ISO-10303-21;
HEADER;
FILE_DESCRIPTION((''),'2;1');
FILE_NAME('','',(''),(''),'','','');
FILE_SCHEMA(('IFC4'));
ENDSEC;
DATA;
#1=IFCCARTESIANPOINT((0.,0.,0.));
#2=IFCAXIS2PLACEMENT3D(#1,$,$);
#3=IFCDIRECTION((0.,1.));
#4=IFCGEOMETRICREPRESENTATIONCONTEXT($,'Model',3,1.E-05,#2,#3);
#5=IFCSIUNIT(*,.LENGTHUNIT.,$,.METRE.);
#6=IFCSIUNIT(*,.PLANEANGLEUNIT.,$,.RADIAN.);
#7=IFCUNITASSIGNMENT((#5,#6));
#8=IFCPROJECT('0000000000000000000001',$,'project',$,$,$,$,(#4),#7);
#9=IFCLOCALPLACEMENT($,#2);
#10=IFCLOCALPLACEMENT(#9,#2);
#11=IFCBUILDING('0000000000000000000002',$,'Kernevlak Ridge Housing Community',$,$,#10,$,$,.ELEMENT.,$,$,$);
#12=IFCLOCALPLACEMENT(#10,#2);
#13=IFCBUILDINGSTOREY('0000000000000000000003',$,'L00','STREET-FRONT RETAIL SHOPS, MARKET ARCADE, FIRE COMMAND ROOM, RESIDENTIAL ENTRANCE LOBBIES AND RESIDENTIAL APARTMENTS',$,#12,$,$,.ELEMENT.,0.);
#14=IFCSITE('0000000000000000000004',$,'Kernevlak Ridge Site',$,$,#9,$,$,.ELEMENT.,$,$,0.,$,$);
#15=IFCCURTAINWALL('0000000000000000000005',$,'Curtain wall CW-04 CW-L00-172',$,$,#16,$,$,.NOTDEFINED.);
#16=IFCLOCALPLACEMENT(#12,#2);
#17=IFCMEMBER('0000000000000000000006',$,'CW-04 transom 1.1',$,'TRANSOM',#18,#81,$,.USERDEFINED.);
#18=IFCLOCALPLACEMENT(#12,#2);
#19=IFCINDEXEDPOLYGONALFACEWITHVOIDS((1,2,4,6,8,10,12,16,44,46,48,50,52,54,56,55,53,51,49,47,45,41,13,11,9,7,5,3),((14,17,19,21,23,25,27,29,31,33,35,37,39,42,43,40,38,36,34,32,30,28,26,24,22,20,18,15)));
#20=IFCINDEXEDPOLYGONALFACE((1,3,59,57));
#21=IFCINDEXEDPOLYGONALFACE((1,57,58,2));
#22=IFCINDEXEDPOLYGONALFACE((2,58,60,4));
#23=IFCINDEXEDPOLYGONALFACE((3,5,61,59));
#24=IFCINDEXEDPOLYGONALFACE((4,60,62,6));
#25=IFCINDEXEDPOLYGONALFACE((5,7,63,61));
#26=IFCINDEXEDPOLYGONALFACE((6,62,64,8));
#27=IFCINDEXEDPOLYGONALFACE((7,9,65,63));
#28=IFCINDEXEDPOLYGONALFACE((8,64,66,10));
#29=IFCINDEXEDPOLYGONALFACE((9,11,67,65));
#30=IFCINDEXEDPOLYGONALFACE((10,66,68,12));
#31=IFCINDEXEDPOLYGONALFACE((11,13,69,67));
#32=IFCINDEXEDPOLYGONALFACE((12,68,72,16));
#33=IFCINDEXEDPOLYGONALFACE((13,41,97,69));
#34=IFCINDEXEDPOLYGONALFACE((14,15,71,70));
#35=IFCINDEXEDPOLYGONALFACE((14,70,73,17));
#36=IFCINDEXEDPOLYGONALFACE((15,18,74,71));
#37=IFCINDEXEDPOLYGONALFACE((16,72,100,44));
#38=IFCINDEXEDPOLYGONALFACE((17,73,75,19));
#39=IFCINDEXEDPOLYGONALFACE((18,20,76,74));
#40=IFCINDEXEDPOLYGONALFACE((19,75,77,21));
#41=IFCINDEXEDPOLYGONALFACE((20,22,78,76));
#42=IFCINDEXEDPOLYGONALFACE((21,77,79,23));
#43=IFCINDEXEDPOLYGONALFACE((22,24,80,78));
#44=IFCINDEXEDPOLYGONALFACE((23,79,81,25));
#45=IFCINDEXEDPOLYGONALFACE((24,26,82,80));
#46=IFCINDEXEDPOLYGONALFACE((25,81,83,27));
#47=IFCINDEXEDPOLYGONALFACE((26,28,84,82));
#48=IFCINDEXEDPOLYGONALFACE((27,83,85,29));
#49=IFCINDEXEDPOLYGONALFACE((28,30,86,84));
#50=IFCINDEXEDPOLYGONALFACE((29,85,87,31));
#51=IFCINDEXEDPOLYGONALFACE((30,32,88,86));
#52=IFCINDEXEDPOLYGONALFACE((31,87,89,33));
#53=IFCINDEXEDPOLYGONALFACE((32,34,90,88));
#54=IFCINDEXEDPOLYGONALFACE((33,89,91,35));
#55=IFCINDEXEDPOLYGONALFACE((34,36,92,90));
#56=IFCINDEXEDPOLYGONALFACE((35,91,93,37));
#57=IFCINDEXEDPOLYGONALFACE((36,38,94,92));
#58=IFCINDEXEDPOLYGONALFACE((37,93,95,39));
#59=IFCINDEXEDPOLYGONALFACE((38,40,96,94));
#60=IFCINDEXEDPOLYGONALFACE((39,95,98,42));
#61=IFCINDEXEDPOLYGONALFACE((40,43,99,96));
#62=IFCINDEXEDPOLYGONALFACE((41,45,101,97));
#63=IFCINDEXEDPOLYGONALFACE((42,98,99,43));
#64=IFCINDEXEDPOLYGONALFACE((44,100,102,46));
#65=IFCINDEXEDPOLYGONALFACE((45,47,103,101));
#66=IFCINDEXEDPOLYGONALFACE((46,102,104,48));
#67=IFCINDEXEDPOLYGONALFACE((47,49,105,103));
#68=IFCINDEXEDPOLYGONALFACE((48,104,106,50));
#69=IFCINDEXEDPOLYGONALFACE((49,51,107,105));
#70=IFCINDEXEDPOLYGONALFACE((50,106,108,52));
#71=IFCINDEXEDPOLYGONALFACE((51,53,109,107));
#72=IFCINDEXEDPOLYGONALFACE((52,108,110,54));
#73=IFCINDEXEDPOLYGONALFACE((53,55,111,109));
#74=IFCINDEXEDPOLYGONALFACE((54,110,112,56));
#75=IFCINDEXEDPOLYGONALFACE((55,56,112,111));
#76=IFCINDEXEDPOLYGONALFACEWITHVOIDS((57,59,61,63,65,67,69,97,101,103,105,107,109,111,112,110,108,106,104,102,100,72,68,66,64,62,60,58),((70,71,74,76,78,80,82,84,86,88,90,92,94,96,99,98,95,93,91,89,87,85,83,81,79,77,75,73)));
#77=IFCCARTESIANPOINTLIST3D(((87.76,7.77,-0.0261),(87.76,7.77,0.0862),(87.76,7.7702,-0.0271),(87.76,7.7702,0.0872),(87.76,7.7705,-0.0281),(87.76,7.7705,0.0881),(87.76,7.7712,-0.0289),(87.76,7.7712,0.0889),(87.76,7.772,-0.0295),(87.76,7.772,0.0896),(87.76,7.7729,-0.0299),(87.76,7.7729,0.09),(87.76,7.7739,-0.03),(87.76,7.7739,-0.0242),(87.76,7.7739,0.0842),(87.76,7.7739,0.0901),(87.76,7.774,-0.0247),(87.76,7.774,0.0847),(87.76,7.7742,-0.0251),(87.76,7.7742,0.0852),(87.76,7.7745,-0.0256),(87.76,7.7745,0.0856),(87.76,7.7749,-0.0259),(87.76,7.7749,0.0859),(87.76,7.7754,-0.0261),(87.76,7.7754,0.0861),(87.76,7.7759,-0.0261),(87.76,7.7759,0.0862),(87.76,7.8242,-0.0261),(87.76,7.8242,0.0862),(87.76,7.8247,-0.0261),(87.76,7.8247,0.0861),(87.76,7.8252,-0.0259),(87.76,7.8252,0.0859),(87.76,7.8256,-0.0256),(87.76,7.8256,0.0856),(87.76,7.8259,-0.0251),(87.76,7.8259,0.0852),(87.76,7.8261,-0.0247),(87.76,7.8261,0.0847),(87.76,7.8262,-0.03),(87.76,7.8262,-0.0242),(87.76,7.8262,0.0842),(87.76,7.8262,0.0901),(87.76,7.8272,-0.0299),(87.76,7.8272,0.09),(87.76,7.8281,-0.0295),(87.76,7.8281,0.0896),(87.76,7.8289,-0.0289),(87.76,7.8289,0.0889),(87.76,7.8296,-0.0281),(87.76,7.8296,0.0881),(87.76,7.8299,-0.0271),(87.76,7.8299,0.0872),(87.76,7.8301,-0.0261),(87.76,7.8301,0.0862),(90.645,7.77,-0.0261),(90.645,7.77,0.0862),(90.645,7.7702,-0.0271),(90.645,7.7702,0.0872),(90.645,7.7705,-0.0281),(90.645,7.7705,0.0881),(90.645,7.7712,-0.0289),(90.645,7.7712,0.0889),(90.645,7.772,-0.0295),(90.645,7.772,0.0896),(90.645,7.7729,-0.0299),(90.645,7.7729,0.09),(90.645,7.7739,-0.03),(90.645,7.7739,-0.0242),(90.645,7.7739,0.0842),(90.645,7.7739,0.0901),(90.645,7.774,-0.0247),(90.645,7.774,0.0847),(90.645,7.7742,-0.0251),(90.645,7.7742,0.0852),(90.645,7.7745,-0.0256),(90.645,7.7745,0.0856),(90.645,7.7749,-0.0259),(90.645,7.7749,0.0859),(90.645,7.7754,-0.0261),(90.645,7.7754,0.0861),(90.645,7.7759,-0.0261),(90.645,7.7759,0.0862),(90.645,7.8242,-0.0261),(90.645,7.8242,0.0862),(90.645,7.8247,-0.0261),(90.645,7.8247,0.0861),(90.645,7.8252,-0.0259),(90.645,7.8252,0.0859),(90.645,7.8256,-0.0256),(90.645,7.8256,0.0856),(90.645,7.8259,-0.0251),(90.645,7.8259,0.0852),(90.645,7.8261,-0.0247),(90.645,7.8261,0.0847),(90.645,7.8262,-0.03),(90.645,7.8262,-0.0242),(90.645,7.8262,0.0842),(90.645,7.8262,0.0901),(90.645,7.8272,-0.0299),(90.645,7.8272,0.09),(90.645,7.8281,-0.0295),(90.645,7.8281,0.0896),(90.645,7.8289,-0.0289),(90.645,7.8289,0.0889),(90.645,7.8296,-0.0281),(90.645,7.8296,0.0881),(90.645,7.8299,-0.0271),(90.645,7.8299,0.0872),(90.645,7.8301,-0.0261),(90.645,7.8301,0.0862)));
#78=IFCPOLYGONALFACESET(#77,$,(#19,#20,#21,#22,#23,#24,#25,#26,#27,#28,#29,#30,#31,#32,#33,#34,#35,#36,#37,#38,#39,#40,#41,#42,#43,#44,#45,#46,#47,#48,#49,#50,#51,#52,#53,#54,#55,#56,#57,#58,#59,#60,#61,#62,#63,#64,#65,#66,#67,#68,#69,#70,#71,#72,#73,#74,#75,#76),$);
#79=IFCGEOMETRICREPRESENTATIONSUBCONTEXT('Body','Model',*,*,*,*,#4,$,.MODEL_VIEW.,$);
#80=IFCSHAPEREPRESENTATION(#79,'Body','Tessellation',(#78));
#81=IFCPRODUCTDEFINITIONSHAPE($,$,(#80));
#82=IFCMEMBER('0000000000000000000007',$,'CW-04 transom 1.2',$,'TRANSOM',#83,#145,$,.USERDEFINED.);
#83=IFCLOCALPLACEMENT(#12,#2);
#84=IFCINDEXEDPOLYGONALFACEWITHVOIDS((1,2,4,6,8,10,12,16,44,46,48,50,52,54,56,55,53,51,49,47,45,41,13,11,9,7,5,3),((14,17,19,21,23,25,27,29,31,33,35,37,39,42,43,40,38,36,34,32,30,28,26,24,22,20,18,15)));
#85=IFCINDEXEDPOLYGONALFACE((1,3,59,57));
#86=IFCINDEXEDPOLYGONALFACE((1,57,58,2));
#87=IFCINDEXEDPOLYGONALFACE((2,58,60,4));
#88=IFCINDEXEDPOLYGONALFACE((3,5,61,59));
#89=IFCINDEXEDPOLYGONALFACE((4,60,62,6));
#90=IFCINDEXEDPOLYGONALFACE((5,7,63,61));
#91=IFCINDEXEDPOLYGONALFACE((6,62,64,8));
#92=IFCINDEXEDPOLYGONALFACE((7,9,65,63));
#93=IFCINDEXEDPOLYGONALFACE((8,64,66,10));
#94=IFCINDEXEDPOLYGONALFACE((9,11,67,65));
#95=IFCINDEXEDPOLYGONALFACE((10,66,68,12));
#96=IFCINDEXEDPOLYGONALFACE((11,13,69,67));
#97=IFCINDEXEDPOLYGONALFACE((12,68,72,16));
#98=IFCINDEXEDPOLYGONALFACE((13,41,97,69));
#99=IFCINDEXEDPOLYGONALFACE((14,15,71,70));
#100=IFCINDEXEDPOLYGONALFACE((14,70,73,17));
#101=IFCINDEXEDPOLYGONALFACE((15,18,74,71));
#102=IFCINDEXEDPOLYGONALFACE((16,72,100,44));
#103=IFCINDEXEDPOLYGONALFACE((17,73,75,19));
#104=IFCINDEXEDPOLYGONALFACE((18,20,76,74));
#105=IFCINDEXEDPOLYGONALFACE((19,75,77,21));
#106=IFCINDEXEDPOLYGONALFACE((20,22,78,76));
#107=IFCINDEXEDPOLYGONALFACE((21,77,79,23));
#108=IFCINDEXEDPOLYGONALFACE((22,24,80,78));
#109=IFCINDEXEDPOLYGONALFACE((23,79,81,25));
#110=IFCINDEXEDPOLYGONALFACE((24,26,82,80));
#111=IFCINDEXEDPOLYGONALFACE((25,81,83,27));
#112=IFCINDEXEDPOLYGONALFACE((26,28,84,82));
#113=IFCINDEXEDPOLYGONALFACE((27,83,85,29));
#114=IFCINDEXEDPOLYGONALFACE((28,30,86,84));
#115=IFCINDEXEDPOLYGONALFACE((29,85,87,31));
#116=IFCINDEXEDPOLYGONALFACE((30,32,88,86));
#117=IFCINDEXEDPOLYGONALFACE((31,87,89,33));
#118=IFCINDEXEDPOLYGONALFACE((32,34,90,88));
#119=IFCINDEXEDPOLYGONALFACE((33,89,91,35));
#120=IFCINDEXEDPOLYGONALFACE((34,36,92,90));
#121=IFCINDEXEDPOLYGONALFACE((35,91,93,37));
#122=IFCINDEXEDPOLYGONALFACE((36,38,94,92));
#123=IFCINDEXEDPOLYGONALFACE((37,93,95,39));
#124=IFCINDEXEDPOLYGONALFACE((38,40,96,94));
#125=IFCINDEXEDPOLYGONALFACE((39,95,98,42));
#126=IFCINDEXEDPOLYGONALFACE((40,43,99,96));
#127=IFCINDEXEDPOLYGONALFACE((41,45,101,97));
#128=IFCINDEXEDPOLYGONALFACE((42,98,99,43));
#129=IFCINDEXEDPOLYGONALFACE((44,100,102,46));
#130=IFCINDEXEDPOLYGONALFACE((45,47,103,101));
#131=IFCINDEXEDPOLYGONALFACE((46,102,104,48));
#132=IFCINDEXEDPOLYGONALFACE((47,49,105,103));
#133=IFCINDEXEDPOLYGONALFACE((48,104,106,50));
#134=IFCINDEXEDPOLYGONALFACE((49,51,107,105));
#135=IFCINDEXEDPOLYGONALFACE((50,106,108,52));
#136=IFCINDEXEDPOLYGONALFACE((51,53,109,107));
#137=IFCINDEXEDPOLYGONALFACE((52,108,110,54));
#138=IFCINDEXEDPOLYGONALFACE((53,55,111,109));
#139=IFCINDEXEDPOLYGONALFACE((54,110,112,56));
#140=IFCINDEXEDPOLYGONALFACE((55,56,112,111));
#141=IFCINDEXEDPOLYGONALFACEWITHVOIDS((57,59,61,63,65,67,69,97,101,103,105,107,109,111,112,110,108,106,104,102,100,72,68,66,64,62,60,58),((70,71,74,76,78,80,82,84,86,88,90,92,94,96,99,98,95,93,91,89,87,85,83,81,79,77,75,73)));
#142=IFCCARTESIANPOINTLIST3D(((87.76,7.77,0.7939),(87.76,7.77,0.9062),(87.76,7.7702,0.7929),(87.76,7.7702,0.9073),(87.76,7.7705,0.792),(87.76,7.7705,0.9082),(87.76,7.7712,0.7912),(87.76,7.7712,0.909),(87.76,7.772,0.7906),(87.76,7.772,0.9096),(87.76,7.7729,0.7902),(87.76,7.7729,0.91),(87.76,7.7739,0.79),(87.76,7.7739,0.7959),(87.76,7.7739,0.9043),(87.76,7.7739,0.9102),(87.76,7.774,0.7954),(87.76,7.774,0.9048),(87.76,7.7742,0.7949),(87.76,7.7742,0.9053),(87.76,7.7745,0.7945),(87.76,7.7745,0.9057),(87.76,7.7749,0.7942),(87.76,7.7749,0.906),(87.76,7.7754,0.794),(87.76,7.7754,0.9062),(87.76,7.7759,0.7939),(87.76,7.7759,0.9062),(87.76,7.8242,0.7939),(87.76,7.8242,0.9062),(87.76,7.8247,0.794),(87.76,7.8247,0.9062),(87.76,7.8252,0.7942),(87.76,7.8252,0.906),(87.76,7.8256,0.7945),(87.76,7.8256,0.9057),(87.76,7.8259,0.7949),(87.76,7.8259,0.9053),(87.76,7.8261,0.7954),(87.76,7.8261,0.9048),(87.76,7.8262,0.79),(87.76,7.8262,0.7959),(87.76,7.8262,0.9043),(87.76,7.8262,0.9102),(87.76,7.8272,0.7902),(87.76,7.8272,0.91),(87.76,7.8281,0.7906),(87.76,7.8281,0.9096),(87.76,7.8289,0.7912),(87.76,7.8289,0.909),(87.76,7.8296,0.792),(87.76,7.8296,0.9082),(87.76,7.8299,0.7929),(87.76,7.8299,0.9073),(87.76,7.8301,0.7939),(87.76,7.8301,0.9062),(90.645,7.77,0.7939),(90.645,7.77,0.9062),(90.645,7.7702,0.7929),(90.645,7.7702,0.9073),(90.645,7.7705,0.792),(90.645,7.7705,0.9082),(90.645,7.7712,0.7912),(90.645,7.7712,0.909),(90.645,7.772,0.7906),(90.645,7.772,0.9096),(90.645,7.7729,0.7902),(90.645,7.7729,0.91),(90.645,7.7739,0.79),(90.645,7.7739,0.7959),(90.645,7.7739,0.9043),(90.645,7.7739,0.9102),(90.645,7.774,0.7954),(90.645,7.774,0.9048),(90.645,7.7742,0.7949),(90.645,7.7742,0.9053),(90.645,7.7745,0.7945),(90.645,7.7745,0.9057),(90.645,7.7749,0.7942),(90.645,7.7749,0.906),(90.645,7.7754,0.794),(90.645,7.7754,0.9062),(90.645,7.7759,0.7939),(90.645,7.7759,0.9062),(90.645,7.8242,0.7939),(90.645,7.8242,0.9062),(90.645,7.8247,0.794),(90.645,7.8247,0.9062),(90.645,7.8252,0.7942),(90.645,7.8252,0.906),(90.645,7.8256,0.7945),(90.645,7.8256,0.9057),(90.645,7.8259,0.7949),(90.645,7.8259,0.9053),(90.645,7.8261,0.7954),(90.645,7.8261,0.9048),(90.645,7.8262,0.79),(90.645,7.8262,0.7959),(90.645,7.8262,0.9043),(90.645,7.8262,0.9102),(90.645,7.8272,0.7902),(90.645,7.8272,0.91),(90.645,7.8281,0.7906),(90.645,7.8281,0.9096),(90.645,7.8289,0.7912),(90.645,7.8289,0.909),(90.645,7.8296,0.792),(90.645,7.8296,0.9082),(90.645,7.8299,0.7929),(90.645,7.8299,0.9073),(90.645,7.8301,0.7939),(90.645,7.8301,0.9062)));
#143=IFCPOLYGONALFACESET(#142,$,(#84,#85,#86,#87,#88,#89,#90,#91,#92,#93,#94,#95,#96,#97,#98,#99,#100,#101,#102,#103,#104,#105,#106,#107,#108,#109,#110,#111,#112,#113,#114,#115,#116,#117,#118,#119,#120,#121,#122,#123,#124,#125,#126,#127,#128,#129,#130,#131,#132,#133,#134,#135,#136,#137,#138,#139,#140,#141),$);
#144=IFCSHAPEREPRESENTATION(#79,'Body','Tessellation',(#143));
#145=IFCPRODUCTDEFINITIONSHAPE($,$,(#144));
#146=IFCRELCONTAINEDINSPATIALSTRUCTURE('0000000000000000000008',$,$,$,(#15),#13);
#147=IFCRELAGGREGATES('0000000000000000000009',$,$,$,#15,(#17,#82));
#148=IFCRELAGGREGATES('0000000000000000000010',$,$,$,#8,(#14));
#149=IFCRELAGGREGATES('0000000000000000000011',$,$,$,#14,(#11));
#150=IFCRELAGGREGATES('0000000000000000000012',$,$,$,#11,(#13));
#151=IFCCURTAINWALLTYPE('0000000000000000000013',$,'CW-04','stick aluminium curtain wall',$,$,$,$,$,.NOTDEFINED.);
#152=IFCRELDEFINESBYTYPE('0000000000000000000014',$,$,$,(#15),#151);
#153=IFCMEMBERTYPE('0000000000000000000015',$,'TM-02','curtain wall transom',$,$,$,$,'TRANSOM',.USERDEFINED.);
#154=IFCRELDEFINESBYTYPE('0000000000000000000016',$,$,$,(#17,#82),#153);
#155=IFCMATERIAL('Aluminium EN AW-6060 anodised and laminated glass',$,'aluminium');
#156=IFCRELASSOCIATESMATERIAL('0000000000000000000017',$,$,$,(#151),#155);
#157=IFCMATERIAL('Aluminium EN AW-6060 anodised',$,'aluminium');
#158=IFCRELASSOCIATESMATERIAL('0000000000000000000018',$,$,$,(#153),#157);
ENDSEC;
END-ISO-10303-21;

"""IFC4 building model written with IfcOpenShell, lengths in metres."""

from ifc_helpers import new_model, si_unit, direction, frame, origin, origin_2d, place, context, subcontext, project, spatial, hollow_rectangle, extrude, material, material_profile, profile_set, type_object, element, aggregate, save


model = new_model("IFC4")

# Units and contexts
model_context = context("Model", 3, precision=1e-05, world=origin(), true_north=direction((0.0, 1.0)))
body_context = subcontext(model_context, "Body", "Model", "MODEL_VIEW")
ifc_project = project(units=[si_unit("LENGTHUNIT", "METRE"), si_unit("PLANEANGLEUNIT", "RADIAN")], contexts=[model_context])

# Site, building, storey
site_placement = place(None, origin())
site = spatial("IfcSite", under=ifc_project, at=site_placement, Name="Kernevlak Ridge Site", CompositionType="ELEMENT", RefElevation=0.0)
building_placement = place(site_placement, origin())
building = spatial("IfcBuilding", under=site, at=building_placement, Name="Kernevlak Ridge Housing Community", CompositionType="ELEMENT")
storey_placement = place(building_placement, origin())
storey = spatial("IfcBuildingStorey", under=building, at=storey_placement, Name="L00", Description="STREET-FRONT RETAIL SHOPS, MARKET ARCADE, FIRE COMMAND ROOM, RESIDENTIAL ENTRANCE LOBBIES AND RESIDENTIAL APARTMENTS", CompositionType="ELEMENT", Elevation=0.0)

# Curtain wall
ifc_material_1 = material(Name="Aluminium EN AW-6060 anodised and laminated glass", Category="aluminium")
curtain_wall_type = type_object("IfcCurtainWallType", Name="CW-04", Description="stick aluminium curtain wall", PredefinedType="NOTDEFINED", material=ifc_material_1)
curtain_wall_placement = place(storey_placement, origin())
curtain_wall = element("IfcCurtainWall", 1, at=curtain_wall_placement, inside=storey, type_object=curtain_wall_type, Name="Curtain wall CW-04 CW-L00-172", PredefinedType="NOTDEFINED")
ifc_material_2 = material(Name="Aluminium EN AW-6060 anodised", Category="aluminium")

# Members
ifc_material_profile_1 = material_profile(ifc_material_2, hollow_rectangle(XDim=0.0601, YDim=0.1201, WallThickness=0.0039, InnerFilletRadius=0.002, OuterFilletRadius=0.0039, at=origin_2d()), Name="ALU 60x120x4")
ifc_profile_set_1 = profile_set([ifc_material_profile_1], Name="Aluminium EN AW-6060 anodised")
member_type_1 = type_object("IfcMemberType", Name="TM-02", Description="curtain wall transom", ElementType="TRANSOM", PredefinedType="USERDEFINED", material=ifc_profile_set_1)
member_1_placement = place(storey_placement, frame((87.76, 7.8, 0.03), z_axis=(1.0, 0.0, 0.0), x_axis=(0.0, 1.0, 0.0)))
member_1 = element("IfcMember", 2, at=member_1_placement, type_object=member_type_1, Name="CW-04 transom 1.1", ObjectType="TRANSOM", PredefinedType="USERDEFINED", context=body_context, shape_type="SweptSolid", body=[
    extrude(hollow_rectangle(XDim=0.0601, YDim=0.1201, WallThickness=0.0039, InnerFilletRadius=0.002, OuterFilletRadius=0.0039, at=origin_2d()), origin(), (0.0, 0.0, 1.0), 2.885),
])
member_2_placement = place(storey_placement, frame((87.76, 7.8, 0.8501), z_axis=(1.0, 0.0, 0.0), x_axis=(0.0, 1.0, 0.0)))
member_2 = element("IfcMember", 3, at=member_2_placement, type_object=member_type_1, Name="CW-04 transom 1.2", ObjectType="TRANSOM", PredefinedType="USERDEFINED", context=body_context, shape_type="SweptSolid", body=[
    extrude(hollow_rectangle(XDim=0.0601, YDim=0.1201, WallThickness=0.0039, InnerFilletRadius=0.002, OuterFilletRadius=0.0039, at=origin_2d()), origin(), (0.0, 0.0, 1.0), 2.885),
])

aggregate(curtain_wall, [member_1, member_2])

save(model, "model.ifc")
